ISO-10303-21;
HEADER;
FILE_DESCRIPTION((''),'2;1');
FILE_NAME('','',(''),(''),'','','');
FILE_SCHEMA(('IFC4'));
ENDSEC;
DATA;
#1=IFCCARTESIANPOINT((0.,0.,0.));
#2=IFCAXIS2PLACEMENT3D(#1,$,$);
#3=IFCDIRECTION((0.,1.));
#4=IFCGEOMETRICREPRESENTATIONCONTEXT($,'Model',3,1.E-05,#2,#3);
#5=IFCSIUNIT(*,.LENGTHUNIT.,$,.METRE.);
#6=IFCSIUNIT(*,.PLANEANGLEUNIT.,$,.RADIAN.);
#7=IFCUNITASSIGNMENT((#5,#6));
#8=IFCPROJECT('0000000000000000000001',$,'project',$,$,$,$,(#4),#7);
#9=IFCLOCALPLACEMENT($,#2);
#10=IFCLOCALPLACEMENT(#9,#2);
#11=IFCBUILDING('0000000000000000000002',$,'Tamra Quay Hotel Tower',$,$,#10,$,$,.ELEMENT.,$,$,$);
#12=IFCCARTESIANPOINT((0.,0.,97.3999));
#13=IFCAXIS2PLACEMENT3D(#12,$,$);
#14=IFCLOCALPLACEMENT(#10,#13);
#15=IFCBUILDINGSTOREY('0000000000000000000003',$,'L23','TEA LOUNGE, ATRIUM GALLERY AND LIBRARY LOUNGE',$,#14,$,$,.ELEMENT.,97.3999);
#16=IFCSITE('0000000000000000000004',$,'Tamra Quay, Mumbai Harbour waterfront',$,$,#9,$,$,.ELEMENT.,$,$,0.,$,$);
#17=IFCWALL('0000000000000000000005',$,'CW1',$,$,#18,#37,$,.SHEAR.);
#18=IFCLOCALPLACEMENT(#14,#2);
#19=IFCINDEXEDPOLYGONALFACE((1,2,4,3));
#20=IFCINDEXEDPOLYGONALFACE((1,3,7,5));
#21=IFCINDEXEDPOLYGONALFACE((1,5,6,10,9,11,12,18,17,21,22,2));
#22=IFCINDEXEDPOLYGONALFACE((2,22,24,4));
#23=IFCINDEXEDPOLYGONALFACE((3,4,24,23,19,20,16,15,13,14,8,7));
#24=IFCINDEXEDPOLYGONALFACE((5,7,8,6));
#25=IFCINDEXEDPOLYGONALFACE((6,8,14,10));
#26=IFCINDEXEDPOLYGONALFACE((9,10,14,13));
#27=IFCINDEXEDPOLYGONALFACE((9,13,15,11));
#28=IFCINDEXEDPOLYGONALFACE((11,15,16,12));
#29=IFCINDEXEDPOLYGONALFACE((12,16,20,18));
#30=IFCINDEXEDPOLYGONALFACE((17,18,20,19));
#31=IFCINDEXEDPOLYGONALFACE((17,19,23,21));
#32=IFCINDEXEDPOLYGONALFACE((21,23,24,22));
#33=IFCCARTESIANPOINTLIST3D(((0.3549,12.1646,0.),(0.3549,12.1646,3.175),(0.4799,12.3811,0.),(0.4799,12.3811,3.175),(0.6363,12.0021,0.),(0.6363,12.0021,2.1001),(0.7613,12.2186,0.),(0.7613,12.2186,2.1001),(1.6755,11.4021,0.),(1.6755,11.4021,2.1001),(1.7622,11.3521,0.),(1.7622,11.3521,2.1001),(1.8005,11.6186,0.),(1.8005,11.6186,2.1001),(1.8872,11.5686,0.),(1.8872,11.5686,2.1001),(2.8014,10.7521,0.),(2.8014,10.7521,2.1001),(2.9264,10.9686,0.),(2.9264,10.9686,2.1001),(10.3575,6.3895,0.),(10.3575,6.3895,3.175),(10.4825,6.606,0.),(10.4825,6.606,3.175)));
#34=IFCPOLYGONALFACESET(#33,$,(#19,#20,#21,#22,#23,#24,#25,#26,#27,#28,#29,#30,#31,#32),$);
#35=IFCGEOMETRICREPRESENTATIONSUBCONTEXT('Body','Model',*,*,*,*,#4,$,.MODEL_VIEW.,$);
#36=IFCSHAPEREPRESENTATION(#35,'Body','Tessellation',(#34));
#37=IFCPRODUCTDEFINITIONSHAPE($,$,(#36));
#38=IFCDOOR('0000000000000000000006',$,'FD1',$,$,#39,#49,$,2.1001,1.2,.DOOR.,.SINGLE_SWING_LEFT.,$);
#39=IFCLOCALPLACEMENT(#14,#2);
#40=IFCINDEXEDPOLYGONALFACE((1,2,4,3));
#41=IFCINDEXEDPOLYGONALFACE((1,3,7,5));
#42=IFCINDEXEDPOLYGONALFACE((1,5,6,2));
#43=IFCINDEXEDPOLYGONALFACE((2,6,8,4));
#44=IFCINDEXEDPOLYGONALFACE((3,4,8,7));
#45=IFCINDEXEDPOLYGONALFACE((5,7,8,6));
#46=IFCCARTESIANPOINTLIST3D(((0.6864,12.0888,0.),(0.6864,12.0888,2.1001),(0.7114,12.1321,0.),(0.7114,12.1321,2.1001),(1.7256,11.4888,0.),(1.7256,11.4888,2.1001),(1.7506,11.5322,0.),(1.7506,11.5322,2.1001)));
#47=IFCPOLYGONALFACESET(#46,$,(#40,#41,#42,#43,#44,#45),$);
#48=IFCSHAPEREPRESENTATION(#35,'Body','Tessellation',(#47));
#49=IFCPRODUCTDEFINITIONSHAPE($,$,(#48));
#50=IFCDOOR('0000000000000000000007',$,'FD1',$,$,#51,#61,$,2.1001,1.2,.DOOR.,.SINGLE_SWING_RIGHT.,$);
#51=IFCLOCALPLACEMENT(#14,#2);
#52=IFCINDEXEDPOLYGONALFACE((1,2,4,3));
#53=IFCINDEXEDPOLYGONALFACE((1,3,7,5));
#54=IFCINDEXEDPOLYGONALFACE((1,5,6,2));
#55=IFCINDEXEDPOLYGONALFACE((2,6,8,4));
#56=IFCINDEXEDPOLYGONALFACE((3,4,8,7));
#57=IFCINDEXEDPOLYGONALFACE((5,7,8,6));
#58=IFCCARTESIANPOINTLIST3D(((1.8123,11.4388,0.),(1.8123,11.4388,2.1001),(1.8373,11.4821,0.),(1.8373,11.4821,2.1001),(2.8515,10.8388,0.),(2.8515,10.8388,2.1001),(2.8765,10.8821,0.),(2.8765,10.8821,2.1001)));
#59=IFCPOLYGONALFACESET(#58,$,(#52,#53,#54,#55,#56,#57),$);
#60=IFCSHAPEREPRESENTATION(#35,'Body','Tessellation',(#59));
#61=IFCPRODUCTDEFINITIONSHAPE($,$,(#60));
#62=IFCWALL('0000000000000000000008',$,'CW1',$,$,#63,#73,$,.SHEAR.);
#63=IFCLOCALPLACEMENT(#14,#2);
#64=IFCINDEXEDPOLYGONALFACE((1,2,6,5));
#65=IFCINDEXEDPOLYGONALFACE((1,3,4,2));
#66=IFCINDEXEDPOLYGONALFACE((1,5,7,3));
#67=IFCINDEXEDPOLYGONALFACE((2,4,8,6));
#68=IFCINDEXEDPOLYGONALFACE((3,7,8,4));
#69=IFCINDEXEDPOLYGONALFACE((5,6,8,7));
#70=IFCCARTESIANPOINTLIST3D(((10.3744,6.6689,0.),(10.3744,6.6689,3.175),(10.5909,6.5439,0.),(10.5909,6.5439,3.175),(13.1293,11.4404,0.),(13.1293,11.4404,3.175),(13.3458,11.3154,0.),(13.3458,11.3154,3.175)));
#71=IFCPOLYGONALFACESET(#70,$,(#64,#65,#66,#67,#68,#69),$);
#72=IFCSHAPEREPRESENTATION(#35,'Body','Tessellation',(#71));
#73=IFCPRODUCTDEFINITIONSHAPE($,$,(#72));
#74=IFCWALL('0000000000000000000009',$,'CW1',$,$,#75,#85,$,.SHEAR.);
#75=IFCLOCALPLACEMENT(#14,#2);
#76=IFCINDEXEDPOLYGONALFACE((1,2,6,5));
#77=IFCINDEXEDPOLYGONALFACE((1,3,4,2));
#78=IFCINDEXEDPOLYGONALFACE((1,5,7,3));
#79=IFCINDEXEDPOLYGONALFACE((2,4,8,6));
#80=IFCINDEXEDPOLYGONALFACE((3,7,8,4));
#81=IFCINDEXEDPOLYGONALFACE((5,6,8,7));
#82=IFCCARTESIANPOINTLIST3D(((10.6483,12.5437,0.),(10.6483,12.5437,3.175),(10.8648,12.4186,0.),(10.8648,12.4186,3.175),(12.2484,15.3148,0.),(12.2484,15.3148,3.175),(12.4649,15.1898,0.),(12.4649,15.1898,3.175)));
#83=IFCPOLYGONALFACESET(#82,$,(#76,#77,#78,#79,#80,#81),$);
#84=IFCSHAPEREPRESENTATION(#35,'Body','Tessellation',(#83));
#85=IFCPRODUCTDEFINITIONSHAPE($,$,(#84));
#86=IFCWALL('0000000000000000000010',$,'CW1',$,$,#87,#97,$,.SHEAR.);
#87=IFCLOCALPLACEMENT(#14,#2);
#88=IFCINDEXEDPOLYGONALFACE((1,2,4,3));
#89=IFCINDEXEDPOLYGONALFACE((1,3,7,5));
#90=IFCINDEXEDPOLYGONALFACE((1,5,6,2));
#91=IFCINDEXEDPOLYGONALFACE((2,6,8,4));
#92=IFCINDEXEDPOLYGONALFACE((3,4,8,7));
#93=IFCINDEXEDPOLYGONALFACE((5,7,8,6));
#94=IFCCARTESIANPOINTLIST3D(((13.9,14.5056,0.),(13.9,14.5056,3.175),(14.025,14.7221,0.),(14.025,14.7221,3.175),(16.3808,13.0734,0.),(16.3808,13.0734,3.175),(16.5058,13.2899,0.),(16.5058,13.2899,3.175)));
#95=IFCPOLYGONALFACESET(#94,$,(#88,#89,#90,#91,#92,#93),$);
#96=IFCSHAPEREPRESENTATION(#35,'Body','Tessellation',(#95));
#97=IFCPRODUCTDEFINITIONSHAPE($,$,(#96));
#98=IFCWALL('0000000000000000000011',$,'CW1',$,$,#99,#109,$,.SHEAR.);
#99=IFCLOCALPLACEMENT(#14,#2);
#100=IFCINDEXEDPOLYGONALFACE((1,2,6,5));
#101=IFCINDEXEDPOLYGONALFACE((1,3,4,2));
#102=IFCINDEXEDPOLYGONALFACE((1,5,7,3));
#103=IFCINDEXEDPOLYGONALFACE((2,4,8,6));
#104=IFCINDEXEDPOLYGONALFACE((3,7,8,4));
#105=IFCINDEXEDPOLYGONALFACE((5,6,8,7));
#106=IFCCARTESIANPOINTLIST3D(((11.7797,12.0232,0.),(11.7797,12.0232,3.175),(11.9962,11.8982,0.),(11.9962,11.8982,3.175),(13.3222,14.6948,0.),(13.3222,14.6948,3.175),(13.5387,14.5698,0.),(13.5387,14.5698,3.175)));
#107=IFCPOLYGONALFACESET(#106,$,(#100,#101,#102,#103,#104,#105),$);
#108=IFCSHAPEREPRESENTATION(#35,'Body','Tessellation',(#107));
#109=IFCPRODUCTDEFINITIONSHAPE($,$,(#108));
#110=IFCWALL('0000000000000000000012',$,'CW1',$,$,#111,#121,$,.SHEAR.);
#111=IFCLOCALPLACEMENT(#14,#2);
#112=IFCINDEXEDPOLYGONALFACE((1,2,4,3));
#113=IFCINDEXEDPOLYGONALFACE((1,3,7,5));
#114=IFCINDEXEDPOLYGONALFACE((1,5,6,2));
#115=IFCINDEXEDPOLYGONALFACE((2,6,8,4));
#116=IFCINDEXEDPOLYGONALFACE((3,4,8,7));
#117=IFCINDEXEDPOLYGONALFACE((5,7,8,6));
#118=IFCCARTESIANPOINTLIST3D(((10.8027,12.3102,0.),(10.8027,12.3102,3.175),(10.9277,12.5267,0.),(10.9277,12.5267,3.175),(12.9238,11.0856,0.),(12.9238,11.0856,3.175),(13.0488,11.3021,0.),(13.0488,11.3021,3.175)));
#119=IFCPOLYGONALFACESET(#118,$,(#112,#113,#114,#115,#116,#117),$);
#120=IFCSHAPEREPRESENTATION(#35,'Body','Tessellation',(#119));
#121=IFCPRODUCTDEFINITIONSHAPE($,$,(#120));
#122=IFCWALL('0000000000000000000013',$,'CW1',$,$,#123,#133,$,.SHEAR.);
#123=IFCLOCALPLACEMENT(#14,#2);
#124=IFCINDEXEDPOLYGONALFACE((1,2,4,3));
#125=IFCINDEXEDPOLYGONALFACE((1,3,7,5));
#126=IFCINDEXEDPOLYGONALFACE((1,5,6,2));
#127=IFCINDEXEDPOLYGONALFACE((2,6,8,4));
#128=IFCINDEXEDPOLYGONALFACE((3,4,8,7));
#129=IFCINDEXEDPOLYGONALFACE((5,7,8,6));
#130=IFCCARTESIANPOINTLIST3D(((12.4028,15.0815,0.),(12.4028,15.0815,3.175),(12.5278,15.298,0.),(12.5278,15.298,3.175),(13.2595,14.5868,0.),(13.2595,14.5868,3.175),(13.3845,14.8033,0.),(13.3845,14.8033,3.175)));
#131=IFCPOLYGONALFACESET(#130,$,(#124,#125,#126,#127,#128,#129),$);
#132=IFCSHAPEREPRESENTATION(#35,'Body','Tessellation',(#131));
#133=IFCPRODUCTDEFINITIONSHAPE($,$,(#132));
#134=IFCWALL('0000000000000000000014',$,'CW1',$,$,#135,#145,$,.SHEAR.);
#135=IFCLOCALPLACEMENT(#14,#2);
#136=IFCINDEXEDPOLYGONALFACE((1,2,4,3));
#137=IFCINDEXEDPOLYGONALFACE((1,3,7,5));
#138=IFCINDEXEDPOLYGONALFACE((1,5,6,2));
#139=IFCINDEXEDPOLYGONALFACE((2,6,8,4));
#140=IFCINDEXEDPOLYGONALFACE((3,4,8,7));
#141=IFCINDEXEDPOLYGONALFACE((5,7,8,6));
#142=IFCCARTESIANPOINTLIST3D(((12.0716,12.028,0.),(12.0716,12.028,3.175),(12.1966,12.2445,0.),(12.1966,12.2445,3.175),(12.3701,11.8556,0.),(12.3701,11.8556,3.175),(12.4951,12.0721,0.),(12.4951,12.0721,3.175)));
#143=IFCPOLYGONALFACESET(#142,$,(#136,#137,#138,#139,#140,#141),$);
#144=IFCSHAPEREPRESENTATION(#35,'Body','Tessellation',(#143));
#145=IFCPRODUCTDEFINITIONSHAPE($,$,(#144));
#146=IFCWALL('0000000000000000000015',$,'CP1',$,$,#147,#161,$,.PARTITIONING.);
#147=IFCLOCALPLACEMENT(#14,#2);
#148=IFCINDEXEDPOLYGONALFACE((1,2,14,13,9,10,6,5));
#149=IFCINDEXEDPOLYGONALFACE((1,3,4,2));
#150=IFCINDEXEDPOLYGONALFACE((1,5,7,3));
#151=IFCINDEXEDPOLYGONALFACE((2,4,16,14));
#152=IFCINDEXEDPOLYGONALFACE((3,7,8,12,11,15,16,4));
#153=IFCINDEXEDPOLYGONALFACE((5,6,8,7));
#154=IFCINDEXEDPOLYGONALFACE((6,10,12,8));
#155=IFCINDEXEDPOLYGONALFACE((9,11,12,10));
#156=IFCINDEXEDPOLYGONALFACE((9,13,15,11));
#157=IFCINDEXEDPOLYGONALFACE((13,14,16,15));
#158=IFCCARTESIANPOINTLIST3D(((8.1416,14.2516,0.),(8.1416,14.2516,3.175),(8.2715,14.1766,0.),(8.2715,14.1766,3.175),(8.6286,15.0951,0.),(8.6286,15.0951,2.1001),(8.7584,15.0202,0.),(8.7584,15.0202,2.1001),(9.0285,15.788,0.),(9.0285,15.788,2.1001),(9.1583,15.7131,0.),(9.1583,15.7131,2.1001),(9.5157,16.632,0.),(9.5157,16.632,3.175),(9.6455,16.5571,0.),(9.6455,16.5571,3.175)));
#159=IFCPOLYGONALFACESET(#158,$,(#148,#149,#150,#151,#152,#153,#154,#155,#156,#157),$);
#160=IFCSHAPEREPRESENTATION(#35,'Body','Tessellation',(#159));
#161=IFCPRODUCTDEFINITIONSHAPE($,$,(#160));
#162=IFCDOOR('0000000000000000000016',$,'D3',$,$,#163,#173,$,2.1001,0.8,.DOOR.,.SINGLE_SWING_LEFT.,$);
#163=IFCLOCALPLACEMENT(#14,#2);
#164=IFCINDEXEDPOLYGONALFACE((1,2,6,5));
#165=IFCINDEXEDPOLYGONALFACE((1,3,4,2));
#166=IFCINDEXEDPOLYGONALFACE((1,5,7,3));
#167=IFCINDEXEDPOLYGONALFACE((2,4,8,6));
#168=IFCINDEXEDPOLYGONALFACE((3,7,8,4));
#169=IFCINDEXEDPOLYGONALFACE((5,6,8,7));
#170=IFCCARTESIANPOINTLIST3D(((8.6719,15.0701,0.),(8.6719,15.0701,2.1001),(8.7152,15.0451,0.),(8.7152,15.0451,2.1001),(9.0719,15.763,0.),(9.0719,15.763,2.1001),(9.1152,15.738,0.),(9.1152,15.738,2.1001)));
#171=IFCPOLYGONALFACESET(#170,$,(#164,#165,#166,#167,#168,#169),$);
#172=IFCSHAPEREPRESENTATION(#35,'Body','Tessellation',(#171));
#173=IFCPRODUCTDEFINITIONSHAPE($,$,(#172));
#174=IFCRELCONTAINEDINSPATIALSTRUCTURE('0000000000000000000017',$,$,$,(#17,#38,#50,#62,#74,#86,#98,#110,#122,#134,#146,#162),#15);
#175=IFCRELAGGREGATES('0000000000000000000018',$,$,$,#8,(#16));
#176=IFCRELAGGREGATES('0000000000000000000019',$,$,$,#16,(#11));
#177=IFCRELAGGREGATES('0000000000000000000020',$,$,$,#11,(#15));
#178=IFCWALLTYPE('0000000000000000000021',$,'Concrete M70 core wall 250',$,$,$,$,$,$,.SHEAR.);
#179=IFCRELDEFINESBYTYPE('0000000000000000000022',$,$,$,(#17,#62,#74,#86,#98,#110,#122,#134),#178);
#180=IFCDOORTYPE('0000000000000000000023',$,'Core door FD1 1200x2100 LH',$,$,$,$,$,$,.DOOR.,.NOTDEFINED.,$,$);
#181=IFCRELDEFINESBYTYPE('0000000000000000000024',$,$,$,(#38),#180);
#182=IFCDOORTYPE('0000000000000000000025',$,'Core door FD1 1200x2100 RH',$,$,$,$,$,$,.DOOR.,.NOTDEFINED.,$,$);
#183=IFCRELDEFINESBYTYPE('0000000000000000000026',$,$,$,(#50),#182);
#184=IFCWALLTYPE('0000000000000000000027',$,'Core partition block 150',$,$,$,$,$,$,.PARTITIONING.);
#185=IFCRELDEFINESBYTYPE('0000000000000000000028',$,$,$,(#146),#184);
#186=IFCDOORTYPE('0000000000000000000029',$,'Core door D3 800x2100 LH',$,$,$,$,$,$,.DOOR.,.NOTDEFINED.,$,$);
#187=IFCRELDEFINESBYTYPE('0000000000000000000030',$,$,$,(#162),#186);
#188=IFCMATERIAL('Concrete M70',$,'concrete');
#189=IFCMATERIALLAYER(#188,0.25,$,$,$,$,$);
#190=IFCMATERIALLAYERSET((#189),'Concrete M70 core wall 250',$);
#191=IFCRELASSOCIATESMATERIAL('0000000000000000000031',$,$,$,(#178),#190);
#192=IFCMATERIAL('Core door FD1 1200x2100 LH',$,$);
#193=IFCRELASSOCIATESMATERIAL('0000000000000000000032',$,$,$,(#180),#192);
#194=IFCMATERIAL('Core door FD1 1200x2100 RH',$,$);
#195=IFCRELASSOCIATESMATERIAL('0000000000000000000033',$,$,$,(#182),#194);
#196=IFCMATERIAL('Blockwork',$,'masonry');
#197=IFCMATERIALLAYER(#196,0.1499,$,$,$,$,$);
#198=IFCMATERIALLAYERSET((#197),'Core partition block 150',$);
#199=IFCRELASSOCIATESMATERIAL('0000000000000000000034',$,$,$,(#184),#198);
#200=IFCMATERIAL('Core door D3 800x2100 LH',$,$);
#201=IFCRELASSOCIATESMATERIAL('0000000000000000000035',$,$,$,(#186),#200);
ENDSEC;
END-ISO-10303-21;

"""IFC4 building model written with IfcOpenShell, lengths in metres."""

from ifc_helpers import new_model, si_unit, direction, frame, frame_2d, origin, place, context, subcontext, project, spatial, rectangle, extrude, material, layer, layer_set, type_object, element, fill, save


model = new_model("IFC4")

# Units and contexts
model_context = context("Model", 3, precision=1e-05, world=origin(), true_north=direction((0.0, 1.0)))
body_context = subcontext(model_context, "Body", "Model", "MODEL_VIEW")
ifc_project = project(units=[si_unit("LENGTHUNIT", "METRE"), si_unit("PLANEANGLEUNIT", "RADIAN")], contexts=[model_context])

# Site, building, storey
site_placement = place(None, origin())
site = spatial("IfcSite", under=ifc_project, at=site_placement, Name="Tamra Quay, Mumbai Harbour waterfront", CompositionType="ELEMENT", RefElevation=0.0)
building_placement = place(site_placement, origin())
building = spatial("IfcBuilding", under=site, at=building_placement, Name="Tamra Quay Hotel Tower", CompositionType="ELEMENT")
storey_placement = place(building_placement, frame((0.0, 0.0, 97.3999)))
storey = spatial("IfcBuildingStorey", under=building, at=storey_placement, Name="L23", Description="TEA LOUNGE, ATRIUM GALLERY AND LIBRARY LOUNGE", CompositionType="ELEMENT", Elevation=97.3999)

# Shared definitions
ifc_material_1 = material(Name="Concrete M70", Category="concrete")

# Wall, openings, doors
ifc_layer_1 = layer(ifc_material_1, 0.25)
ifc_layer_set_1 = layer_set([ifc_layer_1], Name="Concrete M70 core wall 250")
wall_type_1 = type_object("IfcWallType", Name="Concrete M70 core wall 250", PredefinedType="SHEAR", material=ifc_layer_set_1)
wall_1_placement = place(storey_placement, frame((10.4199, 6.4978, 0.0), z_axis=(0.0, 0.0, 1.0), x_axis=(-0.866022, 0.500006, 0.0)))
wall_1 = element("IfcWall", 1, at=wall_1_placement, inside=storey, type_object=wall_type_1, Name="CW1", PredefinedType="SHEAR", context=body_context, shape_type="SweptSolid", body=[
    extrude(rectangle(XDim=11.55, YDim=0.25, at=frame_2d((5.7749, 0.0))), origin(), (0.0, 0.0, 1.0), 3.175),
])
opening_1_placement = place(wall_1_placement, frame((10.0249, 0.0, 0.0)))
opening_1 = element("IfcOpeningElement", 2, at=opening_1_placement, cuts=wall_1, PredefinedType="OPENING", context=body_context, shape_type="SweptSolid", body=[
    extrude(rectangle(XDim=1.2, YDim=2.1001, at=frame_2d((0.6001, 1.05))), frame((0.0, 0.135, 0.0), z_axis=(0.0, -1.0, 0.0), x_axis=(1.0, 0.0, 0.0)), (0.0, 0.0, 1.0), 0.27),
])
opening_2_placement = place(wall_1_placement, frame((8.7249, 0.0, 0.0)))
opening_2 = element("IfcOpeningElement", 3, at=opening_2_placement, cuts=wall_1, PredefinedType="OPENING", context=body_context, shape_type="SweptSolid", body=[
    extrude(rectangle(XDim=1.2, YDim=2.1001, at=frame_2d((0.6001, 1.05))), frame((0.0, 0.135, 0.0), z_axis=(0.0, -1.0, 0.0), x_axis=(1.0, 0.0, 0.0)), (0.0, 0.0, 1.0), 0.27),
])
ifc_material_2 = material(Name="Core door FD1 1200x2100 LH")
door_type_1 = type_object("IfcDoorType", Name="Core door FD1 1200x2100 LH", OperationType="NOTDEFINED", PredefinedType="DOOR", material=ifc_material_2)
door_1_placement = place(opening_1_placement, origin())
door_1 = element("IfcDoor", 4, at=door_1_placement, inside=storey, type_object=door_type_1, Name="FD1", OperationType="SINGLE_SWING_LEFT", OverallHeight=2.1001, OverallWidth=1.2, PredefinedType="DOOR", context=body_context, shape_type="SweptSolid", body=[
    extrude(rectangle(XDim=1.2, YDim=2.1001, at=frame_2d((0.6001, 1.05))), frame((0.0, 0.0249, 0.0), z_axis=(0.0, -1.0, 0.0), x_axis=(1.0, 0.0, 0.0)), (0.0, 0.0, 1.0), 0.05),
])
fill(opening_1, door_1)
ifc_material_3 = material(Name="Core door FD1 1200x2100 RH")
door_type_2 = type_object("IfcDoorType", Name="Core door FD1 1200x2100 RH", OperationType="NOTDEFINED", PredefinedType="DOOR", material=ifc_material_3)
door_2_placement = place(opening_2_placement, origin())
door_2 = element("IfcDoor", 5, at=door_2_placement, inside=storey, type_object=door_type_2, Name="FD1", OperationType="SINGLE_SWING_RIGHT", OverallHeight=2.1001, OverallWidth=1.2, PredefinedType="DOOR", context=body_context, shape_type="SweptSolid", body=[
    extrude(rectangle(XDim=1.2, YDim=2.1001, at=frame_2d((0.6001, 1.05))), frame((0.0, 0.0249, 0.0), z_axis=(0.0, -1.0, 0.0), x_axis=(1.0, 0.0, 0.0)), (0.0, 0.0, 1.0), 0.05),
])
fill(opening_2, door_2)

# Walls
wall_2_placement = place(storey_placement, frame((13.2375, 11.3779, 0.0), z_axis=(0.0, 0.0, 1.0), x_axis=(-0.500009, -0.86602, 0.0)))
element("IfcWall", 6, at=wall_2_placement, inside=storey, type_object=wall_type_1, Name="CW1", PredefinedType="SHEAR", context=body_context, shape_type="SweptSolid", body=[
    extrude(rectangle(XDim=5.5098, YDim=0.25, at=frame_2d((2.7549, 0.0))), origin(), (0.0, 0.0, 1.0), 3.175),
])
wall_3_placement = place(storey_placement, frame((12.3567, 15.2524, 0.0), z_axis=(0.0, 0.0, 1.0), x_axis=(-0.500028, -0.866009, 0.0)))
element("IfcWall", 7, at=wall_3_placement, inside=storey, type_object=wall_type_1, Name="CW1", PredefinedType="SHEAR", context=body_context, shape_type="SweptSolid", body=[
    extrude(rectangle(XDim=3.2, YDim=0.25, at=frame_2d((1.6001, 0.0))), origin(), (0.0, 0.0, 1.0), 3.175),
])
wall_4_placement = place(storey_placement, frame((13.9626, 14.6138, 0.0), z_axis=(0.0, 0.0, 1.0), x_axis=(0.866042, -0.499971, 0.0)))
element("IfcWall", 8, at=wall_4_placement, inside=storey, type_object=wall_type_1, Name="CW1", PredefinedType="SHEAR", context=body_context, shape_type="SweptSolid", body=[
    extrude(rectangle(XDim=2.8645, YDim=0.25, at=frame_2d((1.4321, 0.0))), origin(), (0.0, 0.0, 1.0), 3.175),
])
wall_5_placement = place(storey_placement, frame((11.8879, 11.9607, 0.0), z_axis=(0.0, 0.0, 1.0), x_axis=(0.500003, 0.866023, 0.0)))
element("IfcWall", 9, at=wall_5_placement, inside=storey, type_object=wall_type_1, Name="CW1", PredefinedType="SHEAR", context=body_context, shape_type="SweptSolid", body=[
    extrude(rectangle(XDim=3.085, YDim=0.25, at=frame_2d((1.5425, 0.0))), origin(), (0.0, 0.0, 1.0), 3.175),
])
wall_6_placement = place(storey_placement, frame((10.8652, 12.4185, 0.0), z_axis=(0.0, 0.0, 1.0), x_axis=(0.866026, -0.499999, 0.0)))
element("IfcWall", 10, at=wall_6_placement, inside=storey, type_object=wall_type_1, Name="CW1", PredefinedType="SHEAR", context=body_context, shape_type="SweptSolid", body=[
    extrude(rectangle(XDim=2.4492, YDim=0.25, at=frame_2d((1.2246, 0.0))), origin(), (0.0, 0.0, 1.0), 3.175),
])
wall_7_placement = place(storey_placement, frame((13.322, 14.6951, 0.0), z_axis=(0.0, 0.0, 1.0), x_axis=(-0.866017, 0.500014, 0.0)))
element("IfcWall", 11, at=wall_7_placement, inside=storey, type_object=wall_type_1, Name="CW1", PredefinedType="SHEAR", context=body_context, shape_type="SweptSolid", body=[
    extrude(rectangle(XDim=0.9893, YDim=0.25, at=frame_2d((0.4946, 0.0))), origin(), (0.0, 0.0, 1.0), 3.175),
])
wall_8_placement = place(storey_placement, frame((12.4326, 11.9639, 0.0), z_axis=(0.0, 0.0, 1.0), x_axis=(-0.866056, 0.499947, 0.0)))
element("IfcWall", 12, at=wall_8_placement, inside=storey, type_object=wall_type_1, Name="CW1", PredefinedType="SHEAR", context=body_context, shape_type="SweptSolid", body=[
    extrude(rectangle(XDim=0.3447, YDim=0.25, at=frame_2d((0.1724, 0.0))), origin(), (0.0, 0.0, 1.0), 3.175),
])

# Wall, opening, door
ifc_material_4 = material(Name="Blockwork", Category="masonry")
ifc_layer_2 = layer(ifc_material_4, 0.1499)
ifc_layer_set_2 = layer_set([ifc_layer_2], Name="Core partition block 150")
wall_type_2 = type_object("IfcWallType", Name="Core partition block 150", PredefinedType="PARTITIONING", material=ifc_layer_set_2)
wall_9_placement = place(storey_placement, frame((8.2065, 14.2141, 0.0), z_axis=(0.0, 0.0, 1.0), x_axis=(0.499922, 0.86607, 0.0)))
wall_9 = element("IfcWall", 13, at=wall_9_placement, inside=storey, type_object=wall_type_2, Name="CP1", PredefinedType="PARTITIONING", context=body_context, shape_type="SweptSolid", body=[
    extrude(rectangle(XDim=2.7485, YDim=0.1499, at=frame_2d((1.3743, 0.0))), origin(), (0.0, 0.0, 1.0), 3.175),
])
opening_3_placement = place(wall_9_placement, frame((0.9741, 0.0, 0.0)))
opening_3 = element("IfcOpeningElement", 14, at=opening_3_placement, cuts=wall_9, PredefinedType="OPENING", context=body_context, shape_type="SweptSolid", body=[
    extrude(rectangle(XDim=0.8, YDim=2.1001, at=frame_2d((0.3999, 1.05))), frame((0.0, 0.085, 0.0), z_axis=(0.0, -1.0, 0.0), x_axis=(1.0, 0.0, 0.0)), (0.0, 0.0, 1.0), 0.1699),
])
ifc_material_5 = material(Name="Core door D3 800x2100 LH")
door_type_3 = type_object("IfcDoorType", Name="Core door D3 800x2100 LH", OperationType="NOTDEFINED", PredefinedType="DOOR", material=ifc_material_5)
door_3_placement = place(opening_3_placement, origin())
door_3 = element("IfcDoor", 15, at=door_3_placement, inside=storey, type_object=door_type_3, Name="D3", OperationType="SINGLE_SWING_LEFT", OverallHeight=2.1001, OverallWidth=0.8, PredefinedType="DOOR", context=body_context, shape_type="SweptSolid", body=[
    extrude(rectangle(XDim=0.8, YDim=2.1001, at=frame_2d((0.3999, 1.05))), frame((0.0, 0.0249, 0.0), z_axis=(0.0, -1.0, 0.0), x_axis=(1.0, 0.0, 0.0)), (0.0, 0.0, 1.0), 0.05),
])
fill(opening_3, door_3)

save(model, "model.ifc")
